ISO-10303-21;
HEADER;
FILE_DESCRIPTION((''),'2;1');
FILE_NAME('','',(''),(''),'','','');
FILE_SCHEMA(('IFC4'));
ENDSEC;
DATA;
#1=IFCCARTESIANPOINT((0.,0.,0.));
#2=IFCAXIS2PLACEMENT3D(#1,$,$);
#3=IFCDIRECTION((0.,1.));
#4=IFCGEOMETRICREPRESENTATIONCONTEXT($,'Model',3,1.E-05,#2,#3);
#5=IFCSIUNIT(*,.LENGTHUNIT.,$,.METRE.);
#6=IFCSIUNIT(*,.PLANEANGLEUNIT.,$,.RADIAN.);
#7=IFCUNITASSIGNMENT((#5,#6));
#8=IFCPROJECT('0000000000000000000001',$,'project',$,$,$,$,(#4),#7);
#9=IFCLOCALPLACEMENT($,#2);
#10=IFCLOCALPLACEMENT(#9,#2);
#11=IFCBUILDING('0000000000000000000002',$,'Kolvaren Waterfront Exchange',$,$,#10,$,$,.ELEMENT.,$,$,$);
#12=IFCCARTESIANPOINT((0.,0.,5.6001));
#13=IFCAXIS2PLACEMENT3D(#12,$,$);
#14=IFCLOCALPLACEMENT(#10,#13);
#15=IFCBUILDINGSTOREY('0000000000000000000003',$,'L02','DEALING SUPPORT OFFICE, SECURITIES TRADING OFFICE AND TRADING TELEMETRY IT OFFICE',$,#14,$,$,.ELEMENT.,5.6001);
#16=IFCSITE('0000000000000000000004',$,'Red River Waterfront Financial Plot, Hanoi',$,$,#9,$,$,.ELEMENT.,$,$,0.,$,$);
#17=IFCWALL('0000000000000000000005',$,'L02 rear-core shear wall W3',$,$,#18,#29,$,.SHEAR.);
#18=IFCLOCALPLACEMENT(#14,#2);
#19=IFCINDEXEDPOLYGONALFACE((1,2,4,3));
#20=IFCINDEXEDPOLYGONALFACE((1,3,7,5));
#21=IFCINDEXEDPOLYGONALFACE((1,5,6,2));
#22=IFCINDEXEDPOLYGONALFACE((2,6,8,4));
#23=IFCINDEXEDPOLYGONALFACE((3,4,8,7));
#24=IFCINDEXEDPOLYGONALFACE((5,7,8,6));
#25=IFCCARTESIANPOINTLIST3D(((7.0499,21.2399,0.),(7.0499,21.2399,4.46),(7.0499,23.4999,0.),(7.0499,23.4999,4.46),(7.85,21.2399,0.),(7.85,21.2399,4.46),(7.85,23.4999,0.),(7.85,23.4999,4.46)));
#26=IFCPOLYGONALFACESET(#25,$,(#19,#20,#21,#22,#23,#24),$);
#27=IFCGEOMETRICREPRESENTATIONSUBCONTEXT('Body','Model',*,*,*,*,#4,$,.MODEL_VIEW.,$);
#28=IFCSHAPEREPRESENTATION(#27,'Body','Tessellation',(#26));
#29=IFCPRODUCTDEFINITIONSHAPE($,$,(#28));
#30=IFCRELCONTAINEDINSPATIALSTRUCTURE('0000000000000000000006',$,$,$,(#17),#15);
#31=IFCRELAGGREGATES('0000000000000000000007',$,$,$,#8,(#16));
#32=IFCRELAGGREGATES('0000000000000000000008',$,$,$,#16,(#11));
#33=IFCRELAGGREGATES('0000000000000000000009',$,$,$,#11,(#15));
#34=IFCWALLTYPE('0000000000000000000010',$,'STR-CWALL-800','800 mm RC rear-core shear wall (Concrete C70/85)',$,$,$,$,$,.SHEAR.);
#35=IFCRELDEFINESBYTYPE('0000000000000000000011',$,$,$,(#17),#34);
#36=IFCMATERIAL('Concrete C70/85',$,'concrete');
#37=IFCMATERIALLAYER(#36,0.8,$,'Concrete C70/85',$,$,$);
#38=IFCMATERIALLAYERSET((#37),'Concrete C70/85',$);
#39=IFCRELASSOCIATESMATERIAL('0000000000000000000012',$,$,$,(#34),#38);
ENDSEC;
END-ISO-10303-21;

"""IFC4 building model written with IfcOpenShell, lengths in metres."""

from ifc_helpers import new_model, si_unit, direction, frame, frame_2d, origin, place, context, subcontext, project, spatial, rectangle, extrude, material, layer, layer_set, type_object, element, save


model = new_model("IFC4")

# Units and contexts
model_context = context("Model", 3, precision=1e-05, world=origin(), true_north=direction((0.0, 1.0)))
body_context = subcontext(model_context, "Body", "Model", "MODEL_VIEW")
ifc_project = project(units=[si_unit("LENGTHUNIT", "METRE"), si_unit("PLANEANGLEUNIT", "RADIAN")], contexts=[model_context])

# Site, building, storey
site_placement = place(None, origin())
site = spatial("IfcSite", under=ifc_project, at=site_placement, Name="Red River Waterfront Financial Plot, Hanoi", CompositionType="ELEMENT", RefElevation=0.0)
building_placement = place(site_placement, origin())
building = spatial("IfcBuilding", under=site, at=building_placement, Name="Kolvaren Waterfront Exchange", CompositionType="ELEMENT")
storey_placement = place(building_placement, frame((0.0, 0.0, 5.6001)))
storey = spatial("IfcBuildingStorey", under=building, at=storey_placement, Name="L02", Description="DEALING SUPPORT OFFICE, SECURITIES TRADING OFFICE AND TRADING TELEMETRY IT OFFICE", CompositionType="ELEMENT", Elevation=5.6001)

# Shared definitions
ifc_material_1 = material(Name="Concrete C70/85", Category="concrete")

# Wall
ifc_layer_1 = layer(ifc_material_1, 0.8, Name="Concrete C70/85")
ifc_layer_set_1 = layer_set([ifc_layer_1], Name="Concrete C70/85")
wall_type_1 = type_object("IfcWallType", Name="STR-CWALL-800", Description="800 mm RC rear-core shear wall (Concrete C70/85)", PredefinedType="SHEAR", material=ifc_layer_set_1)
wall_1_placement = place(storey_placement, frame((7.45, 21.24, 0.0), z_axis=(0.0, 0.0, 1.0), x_axis=(0.0, 1.0, 0.0)))
element("IfcWall", 1, at=wall_1_placement, inside=storey, type_object=wall_type_1, Name="L02 rear-core shear wall W3", PredefinedType="SHEAR", context=body_context, shape_type="SweptSolid", body=[
    extrude(rectangle(XDim=2.26, YDim=0.8, at=frame_2d((1.1299, 0.0))), origin(), (0.0, 0.0, 1.0), 4.46),
])

save(model, "model.ifc")
